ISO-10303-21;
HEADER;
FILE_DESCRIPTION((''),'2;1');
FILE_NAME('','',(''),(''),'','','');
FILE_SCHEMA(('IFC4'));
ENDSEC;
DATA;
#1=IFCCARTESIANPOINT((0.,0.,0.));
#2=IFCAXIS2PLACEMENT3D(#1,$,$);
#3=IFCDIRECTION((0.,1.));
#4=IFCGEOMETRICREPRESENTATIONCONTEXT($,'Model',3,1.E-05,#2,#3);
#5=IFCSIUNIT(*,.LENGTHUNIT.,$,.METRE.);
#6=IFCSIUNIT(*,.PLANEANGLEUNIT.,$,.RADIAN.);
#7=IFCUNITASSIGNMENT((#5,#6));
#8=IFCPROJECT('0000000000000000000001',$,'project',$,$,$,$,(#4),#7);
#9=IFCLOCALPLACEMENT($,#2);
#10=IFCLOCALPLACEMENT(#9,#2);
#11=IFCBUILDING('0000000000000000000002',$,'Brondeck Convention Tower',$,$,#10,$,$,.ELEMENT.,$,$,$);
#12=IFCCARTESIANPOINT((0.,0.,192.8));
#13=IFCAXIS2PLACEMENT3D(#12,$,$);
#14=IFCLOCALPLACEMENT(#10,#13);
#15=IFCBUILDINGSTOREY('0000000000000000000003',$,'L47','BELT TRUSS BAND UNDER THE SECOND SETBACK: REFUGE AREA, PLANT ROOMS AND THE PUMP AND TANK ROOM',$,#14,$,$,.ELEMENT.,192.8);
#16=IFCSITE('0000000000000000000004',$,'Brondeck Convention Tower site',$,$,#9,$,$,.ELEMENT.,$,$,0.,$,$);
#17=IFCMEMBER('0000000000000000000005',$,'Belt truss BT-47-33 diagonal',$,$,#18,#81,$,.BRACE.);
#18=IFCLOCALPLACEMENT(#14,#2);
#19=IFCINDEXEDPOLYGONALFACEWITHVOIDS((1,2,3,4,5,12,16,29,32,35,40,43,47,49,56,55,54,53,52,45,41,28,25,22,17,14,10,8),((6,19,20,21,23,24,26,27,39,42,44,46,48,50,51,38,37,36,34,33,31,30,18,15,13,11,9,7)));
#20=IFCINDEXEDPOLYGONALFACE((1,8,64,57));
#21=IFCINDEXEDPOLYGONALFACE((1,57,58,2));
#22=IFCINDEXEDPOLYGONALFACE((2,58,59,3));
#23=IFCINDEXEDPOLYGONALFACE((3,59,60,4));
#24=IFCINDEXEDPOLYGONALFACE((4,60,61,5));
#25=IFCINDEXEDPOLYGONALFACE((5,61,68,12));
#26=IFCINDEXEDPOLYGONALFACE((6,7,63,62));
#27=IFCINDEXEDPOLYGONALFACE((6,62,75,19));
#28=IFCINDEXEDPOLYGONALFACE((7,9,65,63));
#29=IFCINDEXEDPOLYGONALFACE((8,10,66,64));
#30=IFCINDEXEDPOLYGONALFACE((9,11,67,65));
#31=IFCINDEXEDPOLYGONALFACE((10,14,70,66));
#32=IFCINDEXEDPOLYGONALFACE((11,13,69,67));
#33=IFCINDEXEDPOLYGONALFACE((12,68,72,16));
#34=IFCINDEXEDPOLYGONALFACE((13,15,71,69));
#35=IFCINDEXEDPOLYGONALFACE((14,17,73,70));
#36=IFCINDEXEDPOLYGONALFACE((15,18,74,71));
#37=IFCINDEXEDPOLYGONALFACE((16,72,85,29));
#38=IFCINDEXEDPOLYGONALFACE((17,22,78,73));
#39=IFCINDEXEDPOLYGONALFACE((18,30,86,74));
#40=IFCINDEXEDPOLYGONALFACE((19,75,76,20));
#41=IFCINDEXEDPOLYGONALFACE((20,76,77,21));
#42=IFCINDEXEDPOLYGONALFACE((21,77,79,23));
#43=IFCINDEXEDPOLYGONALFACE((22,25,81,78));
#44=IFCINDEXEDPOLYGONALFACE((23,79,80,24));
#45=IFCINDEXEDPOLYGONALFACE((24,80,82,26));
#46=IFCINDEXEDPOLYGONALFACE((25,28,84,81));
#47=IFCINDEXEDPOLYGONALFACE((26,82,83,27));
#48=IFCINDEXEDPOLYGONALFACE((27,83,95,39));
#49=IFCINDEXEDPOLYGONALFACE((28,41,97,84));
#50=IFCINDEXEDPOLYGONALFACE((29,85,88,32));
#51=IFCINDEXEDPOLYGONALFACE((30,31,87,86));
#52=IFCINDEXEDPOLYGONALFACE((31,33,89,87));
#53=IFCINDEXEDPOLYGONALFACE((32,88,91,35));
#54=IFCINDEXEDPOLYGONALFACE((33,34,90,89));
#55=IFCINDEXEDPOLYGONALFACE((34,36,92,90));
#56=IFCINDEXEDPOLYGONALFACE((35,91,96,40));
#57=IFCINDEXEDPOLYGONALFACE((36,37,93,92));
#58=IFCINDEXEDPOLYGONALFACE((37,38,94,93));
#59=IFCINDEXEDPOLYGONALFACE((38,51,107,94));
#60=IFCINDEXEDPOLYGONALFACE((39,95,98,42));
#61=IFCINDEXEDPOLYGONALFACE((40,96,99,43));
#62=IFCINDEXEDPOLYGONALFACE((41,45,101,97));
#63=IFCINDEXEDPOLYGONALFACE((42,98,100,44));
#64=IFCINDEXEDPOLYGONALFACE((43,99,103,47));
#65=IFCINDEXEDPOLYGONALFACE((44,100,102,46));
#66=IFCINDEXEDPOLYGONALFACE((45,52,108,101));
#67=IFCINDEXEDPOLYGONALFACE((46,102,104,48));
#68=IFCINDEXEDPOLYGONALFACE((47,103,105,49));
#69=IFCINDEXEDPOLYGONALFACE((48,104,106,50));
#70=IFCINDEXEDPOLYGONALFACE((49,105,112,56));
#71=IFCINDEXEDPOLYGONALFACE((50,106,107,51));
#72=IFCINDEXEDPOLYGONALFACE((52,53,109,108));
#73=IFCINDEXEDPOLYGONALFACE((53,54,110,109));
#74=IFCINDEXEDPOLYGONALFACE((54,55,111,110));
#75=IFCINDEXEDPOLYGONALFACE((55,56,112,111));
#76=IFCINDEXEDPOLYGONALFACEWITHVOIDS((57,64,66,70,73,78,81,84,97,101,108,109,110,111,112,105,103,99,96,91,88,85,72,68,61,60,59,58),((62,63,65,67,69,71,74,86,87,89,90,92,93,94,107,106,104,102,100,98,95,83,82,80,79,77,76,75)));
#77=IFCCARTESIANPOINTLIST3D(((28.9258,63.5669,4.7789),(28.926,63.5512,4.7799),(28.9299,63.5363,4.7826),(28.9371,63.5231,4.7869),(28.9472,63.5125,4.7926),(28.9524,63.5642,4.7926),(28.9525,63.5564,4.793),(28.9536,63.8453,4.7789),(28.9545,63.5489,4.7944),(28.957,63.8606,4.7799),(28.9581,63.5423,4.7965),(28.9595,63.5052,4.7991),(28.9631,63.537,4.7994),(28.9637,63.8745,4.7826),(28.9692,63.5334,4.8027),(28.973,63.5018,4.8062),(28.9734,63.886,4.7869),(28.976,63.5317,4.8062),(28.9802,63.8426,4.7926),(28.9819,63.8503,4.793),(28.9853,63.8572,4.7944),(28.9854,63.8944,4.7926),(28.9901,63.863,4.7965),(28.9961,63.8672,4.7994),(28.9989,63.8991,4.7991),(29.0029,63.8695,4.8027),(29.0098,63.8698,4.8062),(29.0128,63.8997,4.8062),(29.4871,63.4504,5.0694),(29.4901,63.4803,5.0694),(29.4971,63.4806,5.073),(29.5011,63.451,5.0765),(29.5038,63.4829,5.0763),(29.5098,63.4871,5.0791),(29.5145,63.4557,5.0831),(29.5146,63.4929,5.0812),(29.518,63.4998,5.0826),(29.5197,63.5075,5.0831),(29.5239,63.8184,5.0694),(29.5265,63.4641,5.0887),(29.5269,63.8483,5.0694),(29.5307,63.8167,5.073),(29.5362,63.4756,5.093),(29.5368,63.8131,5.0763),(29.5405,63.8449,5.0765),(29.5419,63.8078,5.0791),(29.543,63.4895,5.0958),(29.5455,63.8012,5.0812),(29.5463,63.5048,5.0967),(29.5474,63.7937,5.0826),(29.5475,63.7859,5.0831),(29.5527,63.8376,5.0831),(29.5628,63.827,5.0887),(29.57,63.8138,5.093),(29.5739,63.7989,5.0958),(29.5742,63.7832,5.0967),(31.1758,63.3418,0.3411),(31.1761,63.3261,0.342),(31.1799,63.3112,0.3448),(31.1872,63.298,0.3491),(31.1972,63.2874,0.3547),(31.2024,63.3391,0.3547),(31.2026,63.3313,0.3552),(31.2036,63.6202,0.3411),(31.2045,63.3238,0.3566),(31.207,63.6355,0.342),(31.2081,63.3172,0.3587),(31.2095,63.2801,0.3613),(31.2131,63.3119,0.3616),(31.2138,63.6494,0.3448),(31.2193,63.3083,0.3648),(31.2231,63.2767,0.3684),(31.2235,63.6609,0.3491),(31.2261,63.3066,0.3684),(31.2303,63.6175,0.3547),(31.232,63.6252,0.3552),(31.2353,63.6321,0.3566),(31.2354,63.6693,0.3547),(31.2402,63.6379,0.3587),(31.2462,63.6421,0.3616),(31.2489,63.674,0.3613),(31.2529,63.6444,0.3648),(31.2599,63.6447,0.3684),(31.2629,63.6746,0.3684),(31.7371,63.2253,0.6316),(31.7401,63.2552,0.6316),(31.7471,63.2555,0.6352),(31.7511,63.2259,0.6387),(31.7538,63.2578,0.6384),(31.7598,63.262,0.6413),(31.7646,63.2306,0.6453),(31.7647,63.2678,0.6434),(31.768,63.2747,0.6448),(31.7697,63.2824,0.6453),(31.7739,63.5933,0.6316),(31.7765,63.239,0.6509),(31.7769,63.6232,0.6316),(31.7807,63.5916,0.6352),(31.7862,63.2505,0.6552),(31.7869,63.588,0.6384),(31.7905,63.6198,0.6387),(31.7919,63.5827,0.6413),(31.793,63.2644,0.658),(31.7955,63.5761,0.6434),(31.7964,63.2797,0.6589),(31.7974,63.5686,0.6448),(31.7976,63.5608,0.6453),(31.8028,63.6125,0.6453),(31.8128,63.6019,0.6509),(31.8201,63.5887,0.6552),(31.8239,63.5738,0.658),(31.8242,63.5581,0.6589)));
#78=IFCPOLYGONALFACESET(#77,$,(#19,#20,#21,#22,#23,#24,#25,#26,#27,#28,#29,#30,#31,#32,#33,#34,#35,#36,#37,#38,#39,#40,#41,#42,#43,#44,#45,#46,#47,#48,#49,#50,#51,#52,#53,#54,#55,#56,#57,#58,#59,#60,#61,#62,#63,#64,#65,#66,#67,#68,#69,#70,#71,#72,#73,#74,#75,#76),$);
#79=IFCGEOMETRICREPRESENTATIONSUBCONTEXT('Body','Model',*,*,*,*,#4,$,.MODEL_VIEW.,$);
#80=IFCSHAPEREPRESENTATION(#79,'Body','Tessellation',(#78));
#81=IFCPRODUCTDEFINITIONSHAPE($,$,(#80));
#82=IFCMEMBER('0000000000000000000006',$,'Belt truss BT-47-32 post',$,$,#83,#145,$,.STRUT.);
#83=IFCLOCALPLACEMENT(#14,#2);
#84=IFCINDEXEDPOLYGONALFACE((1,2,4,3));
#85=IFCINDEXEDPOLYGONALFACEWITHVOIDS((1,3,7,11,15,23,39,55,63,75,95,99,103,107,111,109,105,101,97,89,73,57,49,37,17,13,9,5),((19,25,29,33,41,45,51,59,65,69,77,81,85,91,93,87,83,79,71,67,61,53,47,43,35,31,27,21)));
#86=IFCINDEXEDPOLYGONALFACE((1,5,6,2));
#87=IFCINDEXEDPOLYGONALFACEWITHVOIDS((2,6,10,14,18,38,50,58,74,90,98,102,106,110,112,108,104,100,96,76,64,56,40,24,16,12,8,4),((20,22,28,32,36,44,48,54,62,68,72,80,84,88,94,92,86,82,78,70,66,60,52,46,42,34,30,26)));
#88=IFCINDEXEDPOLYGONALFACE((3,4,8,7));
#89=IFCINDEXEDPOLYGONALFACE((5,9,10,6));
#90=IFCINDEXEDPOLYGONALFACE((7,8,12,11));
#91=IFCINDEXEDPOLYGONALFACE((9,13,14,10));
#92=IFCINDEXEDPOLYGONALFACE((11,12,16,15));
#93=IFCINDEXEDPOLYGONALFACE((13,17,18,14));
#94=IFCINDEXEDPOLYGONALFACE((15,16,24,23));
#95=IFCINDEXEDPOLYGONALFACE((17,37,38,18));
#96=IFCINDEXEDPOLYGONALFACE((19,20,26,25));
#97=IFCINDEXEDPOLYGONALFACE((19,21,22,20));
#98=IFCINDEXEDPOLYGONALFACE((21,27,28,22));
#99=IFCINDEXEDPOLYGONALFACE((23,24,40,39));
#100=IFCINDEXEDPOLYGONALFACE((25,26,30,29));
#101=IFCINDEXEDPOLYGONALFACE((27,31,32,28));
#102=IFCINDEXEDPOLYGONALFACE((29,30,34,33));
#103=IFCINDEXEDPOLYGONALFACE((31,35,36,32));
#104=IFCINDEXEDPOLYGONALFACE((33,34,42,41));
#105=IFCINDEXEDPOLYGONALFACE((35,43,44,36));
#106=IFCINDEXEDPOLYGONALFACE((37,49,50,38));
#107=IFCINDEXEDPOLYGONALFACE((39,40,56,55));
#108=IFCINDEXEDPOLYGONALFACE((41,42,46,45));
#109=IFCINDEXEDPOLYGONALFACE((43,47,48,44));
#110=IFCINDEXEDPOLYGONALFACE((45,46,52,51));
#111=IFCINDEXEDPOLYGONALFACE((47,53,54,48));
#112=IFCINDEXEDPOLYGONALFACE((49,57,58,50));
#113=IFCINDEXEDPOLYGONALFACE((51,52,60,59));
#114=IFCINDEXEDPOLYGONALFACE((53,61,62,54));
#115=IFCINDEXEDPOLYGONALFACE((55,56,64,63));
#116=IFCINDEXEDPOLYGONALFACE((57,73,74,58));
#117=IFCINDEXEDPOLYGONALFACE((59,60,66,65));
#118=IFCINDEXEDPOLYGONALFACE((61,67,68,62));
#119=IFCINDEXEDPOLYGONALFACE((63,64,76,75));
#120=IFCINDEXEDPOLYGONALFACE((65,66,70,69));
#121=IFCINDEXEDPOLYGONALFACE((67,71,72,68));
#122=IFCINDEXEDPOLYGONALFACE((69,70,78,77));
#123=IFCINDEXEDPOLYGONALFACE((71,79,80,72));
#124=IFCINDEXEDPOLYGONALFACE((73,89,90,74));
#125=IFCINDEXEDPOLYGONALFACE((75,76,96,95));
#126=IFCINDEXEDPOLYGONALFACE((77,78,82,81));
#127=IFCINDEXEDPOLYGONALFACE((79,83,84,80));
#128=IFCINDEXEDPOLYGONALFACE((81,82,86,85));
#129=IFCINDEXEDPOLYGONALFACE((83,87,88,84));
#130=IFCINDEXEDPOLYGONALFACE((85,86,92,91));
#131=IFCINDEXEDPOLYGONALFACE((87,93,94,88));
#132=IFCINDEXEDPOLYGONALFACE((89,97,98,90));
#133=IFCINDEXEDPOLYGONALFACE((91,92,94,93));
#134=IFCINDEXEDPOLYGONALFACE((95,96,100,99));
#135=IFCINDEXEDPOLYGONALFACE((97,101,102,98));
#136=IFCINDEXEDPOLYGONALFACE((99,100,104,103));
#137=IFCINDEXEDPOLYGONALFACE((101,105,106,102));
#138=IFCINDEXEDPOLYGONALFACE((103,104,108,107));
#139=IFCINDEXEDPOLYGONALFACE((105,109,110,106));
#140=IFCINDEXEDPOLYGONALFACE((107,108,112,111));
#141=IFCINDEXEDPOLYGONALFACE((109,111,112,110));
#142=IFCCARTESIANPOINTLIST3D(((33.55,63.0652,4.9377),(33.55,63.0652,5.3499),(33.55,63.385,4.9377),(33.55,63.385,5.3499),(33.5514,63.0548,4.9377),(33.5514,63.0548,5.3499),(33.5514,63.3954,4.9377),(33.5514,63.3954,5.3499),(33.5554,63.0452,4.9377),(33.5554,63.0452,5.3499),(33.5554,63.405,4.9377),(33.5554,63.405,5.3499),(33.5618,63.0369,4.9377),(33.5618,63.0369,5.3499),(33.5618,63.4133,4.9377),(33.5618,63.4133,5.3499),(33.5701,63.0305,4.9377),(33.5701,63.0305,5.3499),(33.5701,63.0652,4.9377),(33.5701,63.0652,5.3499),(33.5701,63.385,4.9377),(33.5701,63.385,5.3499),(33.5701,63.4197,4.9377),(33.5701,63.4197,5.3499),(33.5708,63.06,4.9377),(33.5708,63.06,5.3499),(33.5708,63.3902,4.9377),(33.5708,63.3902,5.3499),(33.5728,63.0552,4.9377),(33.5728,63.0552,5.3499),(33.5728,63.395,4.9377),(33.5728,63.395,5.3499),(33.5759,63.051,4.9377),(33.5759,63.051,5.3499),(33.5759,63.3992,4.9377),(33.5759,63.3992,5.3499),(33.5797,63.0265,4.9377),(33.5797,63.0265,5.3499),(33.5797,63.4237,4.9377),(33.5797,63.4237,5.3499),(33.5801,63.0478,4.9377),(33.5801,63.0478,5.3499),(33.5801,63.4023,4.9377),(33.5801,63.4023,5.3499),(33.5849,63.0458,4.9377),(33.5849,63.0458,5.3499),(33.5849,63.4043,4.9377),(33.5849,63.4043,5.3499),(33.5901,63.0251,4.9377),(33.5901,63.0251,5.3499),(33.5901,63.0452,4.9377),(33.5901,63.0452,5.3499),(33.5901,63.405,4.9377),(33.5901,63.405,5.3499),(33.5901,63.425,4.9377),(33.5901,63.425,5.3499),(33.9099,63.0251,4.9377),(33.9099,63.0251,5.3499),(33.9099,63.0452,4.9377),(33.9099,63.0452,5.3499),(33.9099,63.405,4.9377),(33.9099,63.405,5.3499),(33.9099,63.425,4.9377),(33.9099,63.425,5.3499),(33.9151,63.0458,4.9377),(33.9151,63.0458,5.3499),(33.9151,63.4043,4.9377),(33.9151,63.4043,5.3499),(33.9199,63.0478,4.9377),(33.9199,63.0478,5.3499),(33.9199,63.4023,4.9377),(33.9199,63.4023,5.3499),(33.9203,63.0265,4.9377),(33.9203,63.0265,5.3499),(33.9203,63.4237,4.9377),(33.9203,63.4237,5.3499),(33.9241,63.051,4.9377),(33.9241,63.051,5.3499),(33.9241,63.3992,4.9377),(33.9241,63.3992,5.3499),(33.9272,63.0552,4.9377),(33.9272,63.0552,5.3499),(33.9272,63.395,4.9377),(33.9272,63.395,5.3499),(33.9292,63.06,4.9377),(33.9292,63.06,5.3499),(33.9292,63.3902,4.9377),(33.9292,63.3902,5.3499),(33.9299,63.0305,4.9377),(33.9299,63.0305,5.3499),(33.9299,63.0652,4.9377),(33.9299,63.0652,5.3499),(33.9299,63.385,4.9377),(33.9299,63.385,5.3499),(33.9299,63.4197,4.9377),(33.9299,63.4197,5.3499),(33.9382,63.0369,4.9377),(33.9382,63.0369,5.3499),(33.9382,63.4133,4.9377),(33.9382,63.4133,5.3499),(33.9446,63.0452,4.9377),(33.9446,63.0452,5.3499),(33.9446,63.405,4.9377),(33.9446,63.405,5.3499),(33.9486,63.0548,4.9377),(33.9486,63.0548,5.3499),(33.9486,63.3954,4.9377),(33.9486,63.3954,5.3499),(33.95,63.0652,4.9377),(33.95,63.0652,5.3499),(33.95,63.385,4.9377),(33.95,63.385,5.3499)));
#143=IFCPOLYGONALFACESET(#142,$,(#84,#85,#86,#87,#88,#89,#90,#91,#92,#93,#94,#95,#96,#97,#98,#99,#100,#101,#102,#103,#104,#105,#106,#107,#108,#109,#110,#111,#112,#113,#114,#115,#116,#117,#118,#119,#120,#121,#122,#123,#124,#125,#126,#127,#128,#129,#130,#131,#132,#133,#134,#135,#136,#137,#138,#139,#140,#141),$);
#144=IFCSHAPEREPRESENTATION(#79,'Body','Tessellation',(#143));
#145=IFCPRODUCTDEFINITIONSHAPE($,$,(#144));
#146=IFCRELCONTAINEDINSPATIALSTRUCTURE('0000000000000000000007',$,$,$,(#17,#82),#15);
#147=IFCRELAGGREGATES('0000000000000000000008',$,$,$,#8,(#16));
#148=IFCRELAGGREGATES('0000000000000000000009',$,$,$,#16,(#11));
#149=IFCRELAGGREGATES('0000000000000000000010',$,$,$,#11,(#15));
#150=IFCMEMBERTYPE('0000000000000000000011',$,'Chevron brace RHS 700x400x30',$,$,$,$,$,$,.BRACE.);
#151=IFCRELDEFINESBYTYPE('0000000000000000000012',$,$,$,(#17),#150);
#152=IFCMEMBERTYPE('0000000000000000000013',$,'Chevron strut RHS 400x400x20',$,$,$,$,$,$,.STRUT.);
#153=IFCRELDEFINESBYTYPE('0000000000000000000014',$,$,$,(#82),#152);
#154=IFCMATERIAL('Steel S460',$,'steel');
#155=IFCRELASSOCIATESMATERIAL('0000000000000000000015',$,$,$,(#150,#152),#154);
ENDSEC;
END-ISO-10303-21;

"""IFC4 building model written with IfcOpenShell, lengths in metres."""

from ifc_helpers import new_model, si_unit, direction, frame, origin, origin_2d, place, context, subcontext, project, spatial, hollow_rectangle, extrude, material, material_profile, profile_set, type_object, element, save


model = new_model("IFC4")

# Units and contexts
model_context = context("Model", 3, precision=1e-05, world=origin(), true_north=direction((0.0, 1.0)))
body_context = subcontext(model_context, "Body", "Model", "MODEL_VIEW")
ifc_project = project(units=[si_unit("LENGTHUNIT", "METRE"), si_unit("PLANEANGLEUNIT", "RADIAN")], contexts=[model_context])

# Site, building, storey
site_placement = place(None, origin())
site = spatial("IfcSite", under=ifc_project, at=site_placement, Name="Brondeck Convention Tower site", CompositionType="ELEMENT", RefElevation=0.0)
building_placement = place(site_placement, origin())
building = spatial("IfcBuilding", under=site, at=building_placement, Name="Brondeck Convention Tower", CompositionType="ELEMENT")
storey_placement = place(building_placement, frame((0.0, 0.0, 192.8)))
storey = spatial("IfcBuildingStorey", under=building, at=storey_placement, Name="L47", Description="BELT TRUSS BAND UNDER THE SECOND SETBACK: REFUGE AREA, PLANT ROOMS AND THE PUMP AND TANK ROOM", CompositionType="ELEMENT", Elevation=192.8)

# Members
ifc_material_1 = material(Name="Steel S460", Category="steel")
ifc_material_profile_1 = material_profile(ifc_material_1, hollow_rectangle(XDim=0.3999, YDim=0.7, WallThickness=0.03, InnerFilletRadius=0.03, OuterFilletRadius=0.0601, at=origin_2d()), Name="RHS 700x400x30")
ifc_profile_set_1 = profile_set([ifc_material_profile_1], Name="Steel S460")
member_type_1 = type_object("IfcMemberType", Name="Chevron brace RHS 700x400x30", PredefinedType="BRACE", material=ifc_profile_set_1)
for number, where, z_axis, x_axis, name in (
    (1, (31.5, 63.45, 0.5), (-0.451749, 0.045195, 0.890999), (-0.099546, -0.995033, 0.0), "Belt truss BT-47-33 diagonal"),
):
    element("IfcMember", number, at=place(storey_placement, frame(where, z_axis=z_axis, x_axis=x_axis)), inside=storey, type_object=member_type_1, Name=name, PredefinedType="BRACE", context=body_context, shape_type="SweptSolid", body=[
        extrude(hollow_rectangle(XDim=0.3999, YDim=0.7, WallThickness=0.03, InnerFilletRadius=0.03, OuterFilletRadius=0.0601, at=origin_2d()), origin(), (0.0, 0.0, 1.0), 4.9807),
    ])
ifc_material_profile_2 = material_profile(ifc_material_1, hollow_rectangle(XDim=0.3999, YDim=0.3999, WallThickness=0.02, InnerFilletRadius=0.02, OuterFilletRadius=0.04, at=origin_2d()), Name="RHS 400x400x20")
ifc_profile_set_2 = profile_set([ifc_material_profile_2], Name="Steel S460")
member_type_2 = type_object("IfcMemberType", Name="Chevron strut RHS 400x400x20", PredefinedType="STRUT", material=ifc_profile_set_2)
for number, where, z_axis, x_axis, name in (
    (2, (33.75, 63.2251, 4.9377), (0.0, 0.0, 1.0), (1.0, 0.0, 0.0), "Belt truss BT-47-32 post"),
):
    element("IfcMember", number, at=place(storey_placement, frame(where, z_axis=z_axis, x_axis=x_axis)), inside=storey, type_object=member_type_2, Name=name, PredefinedType="STRUT", context=body_context, shape_type="SweptSolid", body=[
        extrude(hollow_rectangle(XDim=0.3999, YDim=0.3999, WallThickness=0.02, InnerFilletRadius=0.02, OuterFilletRadius=0.04, at=origin_2d()), origin(), (0.0, 0.0, 1.0), 0.4121),
    ])

save(model, "model.ifc")
